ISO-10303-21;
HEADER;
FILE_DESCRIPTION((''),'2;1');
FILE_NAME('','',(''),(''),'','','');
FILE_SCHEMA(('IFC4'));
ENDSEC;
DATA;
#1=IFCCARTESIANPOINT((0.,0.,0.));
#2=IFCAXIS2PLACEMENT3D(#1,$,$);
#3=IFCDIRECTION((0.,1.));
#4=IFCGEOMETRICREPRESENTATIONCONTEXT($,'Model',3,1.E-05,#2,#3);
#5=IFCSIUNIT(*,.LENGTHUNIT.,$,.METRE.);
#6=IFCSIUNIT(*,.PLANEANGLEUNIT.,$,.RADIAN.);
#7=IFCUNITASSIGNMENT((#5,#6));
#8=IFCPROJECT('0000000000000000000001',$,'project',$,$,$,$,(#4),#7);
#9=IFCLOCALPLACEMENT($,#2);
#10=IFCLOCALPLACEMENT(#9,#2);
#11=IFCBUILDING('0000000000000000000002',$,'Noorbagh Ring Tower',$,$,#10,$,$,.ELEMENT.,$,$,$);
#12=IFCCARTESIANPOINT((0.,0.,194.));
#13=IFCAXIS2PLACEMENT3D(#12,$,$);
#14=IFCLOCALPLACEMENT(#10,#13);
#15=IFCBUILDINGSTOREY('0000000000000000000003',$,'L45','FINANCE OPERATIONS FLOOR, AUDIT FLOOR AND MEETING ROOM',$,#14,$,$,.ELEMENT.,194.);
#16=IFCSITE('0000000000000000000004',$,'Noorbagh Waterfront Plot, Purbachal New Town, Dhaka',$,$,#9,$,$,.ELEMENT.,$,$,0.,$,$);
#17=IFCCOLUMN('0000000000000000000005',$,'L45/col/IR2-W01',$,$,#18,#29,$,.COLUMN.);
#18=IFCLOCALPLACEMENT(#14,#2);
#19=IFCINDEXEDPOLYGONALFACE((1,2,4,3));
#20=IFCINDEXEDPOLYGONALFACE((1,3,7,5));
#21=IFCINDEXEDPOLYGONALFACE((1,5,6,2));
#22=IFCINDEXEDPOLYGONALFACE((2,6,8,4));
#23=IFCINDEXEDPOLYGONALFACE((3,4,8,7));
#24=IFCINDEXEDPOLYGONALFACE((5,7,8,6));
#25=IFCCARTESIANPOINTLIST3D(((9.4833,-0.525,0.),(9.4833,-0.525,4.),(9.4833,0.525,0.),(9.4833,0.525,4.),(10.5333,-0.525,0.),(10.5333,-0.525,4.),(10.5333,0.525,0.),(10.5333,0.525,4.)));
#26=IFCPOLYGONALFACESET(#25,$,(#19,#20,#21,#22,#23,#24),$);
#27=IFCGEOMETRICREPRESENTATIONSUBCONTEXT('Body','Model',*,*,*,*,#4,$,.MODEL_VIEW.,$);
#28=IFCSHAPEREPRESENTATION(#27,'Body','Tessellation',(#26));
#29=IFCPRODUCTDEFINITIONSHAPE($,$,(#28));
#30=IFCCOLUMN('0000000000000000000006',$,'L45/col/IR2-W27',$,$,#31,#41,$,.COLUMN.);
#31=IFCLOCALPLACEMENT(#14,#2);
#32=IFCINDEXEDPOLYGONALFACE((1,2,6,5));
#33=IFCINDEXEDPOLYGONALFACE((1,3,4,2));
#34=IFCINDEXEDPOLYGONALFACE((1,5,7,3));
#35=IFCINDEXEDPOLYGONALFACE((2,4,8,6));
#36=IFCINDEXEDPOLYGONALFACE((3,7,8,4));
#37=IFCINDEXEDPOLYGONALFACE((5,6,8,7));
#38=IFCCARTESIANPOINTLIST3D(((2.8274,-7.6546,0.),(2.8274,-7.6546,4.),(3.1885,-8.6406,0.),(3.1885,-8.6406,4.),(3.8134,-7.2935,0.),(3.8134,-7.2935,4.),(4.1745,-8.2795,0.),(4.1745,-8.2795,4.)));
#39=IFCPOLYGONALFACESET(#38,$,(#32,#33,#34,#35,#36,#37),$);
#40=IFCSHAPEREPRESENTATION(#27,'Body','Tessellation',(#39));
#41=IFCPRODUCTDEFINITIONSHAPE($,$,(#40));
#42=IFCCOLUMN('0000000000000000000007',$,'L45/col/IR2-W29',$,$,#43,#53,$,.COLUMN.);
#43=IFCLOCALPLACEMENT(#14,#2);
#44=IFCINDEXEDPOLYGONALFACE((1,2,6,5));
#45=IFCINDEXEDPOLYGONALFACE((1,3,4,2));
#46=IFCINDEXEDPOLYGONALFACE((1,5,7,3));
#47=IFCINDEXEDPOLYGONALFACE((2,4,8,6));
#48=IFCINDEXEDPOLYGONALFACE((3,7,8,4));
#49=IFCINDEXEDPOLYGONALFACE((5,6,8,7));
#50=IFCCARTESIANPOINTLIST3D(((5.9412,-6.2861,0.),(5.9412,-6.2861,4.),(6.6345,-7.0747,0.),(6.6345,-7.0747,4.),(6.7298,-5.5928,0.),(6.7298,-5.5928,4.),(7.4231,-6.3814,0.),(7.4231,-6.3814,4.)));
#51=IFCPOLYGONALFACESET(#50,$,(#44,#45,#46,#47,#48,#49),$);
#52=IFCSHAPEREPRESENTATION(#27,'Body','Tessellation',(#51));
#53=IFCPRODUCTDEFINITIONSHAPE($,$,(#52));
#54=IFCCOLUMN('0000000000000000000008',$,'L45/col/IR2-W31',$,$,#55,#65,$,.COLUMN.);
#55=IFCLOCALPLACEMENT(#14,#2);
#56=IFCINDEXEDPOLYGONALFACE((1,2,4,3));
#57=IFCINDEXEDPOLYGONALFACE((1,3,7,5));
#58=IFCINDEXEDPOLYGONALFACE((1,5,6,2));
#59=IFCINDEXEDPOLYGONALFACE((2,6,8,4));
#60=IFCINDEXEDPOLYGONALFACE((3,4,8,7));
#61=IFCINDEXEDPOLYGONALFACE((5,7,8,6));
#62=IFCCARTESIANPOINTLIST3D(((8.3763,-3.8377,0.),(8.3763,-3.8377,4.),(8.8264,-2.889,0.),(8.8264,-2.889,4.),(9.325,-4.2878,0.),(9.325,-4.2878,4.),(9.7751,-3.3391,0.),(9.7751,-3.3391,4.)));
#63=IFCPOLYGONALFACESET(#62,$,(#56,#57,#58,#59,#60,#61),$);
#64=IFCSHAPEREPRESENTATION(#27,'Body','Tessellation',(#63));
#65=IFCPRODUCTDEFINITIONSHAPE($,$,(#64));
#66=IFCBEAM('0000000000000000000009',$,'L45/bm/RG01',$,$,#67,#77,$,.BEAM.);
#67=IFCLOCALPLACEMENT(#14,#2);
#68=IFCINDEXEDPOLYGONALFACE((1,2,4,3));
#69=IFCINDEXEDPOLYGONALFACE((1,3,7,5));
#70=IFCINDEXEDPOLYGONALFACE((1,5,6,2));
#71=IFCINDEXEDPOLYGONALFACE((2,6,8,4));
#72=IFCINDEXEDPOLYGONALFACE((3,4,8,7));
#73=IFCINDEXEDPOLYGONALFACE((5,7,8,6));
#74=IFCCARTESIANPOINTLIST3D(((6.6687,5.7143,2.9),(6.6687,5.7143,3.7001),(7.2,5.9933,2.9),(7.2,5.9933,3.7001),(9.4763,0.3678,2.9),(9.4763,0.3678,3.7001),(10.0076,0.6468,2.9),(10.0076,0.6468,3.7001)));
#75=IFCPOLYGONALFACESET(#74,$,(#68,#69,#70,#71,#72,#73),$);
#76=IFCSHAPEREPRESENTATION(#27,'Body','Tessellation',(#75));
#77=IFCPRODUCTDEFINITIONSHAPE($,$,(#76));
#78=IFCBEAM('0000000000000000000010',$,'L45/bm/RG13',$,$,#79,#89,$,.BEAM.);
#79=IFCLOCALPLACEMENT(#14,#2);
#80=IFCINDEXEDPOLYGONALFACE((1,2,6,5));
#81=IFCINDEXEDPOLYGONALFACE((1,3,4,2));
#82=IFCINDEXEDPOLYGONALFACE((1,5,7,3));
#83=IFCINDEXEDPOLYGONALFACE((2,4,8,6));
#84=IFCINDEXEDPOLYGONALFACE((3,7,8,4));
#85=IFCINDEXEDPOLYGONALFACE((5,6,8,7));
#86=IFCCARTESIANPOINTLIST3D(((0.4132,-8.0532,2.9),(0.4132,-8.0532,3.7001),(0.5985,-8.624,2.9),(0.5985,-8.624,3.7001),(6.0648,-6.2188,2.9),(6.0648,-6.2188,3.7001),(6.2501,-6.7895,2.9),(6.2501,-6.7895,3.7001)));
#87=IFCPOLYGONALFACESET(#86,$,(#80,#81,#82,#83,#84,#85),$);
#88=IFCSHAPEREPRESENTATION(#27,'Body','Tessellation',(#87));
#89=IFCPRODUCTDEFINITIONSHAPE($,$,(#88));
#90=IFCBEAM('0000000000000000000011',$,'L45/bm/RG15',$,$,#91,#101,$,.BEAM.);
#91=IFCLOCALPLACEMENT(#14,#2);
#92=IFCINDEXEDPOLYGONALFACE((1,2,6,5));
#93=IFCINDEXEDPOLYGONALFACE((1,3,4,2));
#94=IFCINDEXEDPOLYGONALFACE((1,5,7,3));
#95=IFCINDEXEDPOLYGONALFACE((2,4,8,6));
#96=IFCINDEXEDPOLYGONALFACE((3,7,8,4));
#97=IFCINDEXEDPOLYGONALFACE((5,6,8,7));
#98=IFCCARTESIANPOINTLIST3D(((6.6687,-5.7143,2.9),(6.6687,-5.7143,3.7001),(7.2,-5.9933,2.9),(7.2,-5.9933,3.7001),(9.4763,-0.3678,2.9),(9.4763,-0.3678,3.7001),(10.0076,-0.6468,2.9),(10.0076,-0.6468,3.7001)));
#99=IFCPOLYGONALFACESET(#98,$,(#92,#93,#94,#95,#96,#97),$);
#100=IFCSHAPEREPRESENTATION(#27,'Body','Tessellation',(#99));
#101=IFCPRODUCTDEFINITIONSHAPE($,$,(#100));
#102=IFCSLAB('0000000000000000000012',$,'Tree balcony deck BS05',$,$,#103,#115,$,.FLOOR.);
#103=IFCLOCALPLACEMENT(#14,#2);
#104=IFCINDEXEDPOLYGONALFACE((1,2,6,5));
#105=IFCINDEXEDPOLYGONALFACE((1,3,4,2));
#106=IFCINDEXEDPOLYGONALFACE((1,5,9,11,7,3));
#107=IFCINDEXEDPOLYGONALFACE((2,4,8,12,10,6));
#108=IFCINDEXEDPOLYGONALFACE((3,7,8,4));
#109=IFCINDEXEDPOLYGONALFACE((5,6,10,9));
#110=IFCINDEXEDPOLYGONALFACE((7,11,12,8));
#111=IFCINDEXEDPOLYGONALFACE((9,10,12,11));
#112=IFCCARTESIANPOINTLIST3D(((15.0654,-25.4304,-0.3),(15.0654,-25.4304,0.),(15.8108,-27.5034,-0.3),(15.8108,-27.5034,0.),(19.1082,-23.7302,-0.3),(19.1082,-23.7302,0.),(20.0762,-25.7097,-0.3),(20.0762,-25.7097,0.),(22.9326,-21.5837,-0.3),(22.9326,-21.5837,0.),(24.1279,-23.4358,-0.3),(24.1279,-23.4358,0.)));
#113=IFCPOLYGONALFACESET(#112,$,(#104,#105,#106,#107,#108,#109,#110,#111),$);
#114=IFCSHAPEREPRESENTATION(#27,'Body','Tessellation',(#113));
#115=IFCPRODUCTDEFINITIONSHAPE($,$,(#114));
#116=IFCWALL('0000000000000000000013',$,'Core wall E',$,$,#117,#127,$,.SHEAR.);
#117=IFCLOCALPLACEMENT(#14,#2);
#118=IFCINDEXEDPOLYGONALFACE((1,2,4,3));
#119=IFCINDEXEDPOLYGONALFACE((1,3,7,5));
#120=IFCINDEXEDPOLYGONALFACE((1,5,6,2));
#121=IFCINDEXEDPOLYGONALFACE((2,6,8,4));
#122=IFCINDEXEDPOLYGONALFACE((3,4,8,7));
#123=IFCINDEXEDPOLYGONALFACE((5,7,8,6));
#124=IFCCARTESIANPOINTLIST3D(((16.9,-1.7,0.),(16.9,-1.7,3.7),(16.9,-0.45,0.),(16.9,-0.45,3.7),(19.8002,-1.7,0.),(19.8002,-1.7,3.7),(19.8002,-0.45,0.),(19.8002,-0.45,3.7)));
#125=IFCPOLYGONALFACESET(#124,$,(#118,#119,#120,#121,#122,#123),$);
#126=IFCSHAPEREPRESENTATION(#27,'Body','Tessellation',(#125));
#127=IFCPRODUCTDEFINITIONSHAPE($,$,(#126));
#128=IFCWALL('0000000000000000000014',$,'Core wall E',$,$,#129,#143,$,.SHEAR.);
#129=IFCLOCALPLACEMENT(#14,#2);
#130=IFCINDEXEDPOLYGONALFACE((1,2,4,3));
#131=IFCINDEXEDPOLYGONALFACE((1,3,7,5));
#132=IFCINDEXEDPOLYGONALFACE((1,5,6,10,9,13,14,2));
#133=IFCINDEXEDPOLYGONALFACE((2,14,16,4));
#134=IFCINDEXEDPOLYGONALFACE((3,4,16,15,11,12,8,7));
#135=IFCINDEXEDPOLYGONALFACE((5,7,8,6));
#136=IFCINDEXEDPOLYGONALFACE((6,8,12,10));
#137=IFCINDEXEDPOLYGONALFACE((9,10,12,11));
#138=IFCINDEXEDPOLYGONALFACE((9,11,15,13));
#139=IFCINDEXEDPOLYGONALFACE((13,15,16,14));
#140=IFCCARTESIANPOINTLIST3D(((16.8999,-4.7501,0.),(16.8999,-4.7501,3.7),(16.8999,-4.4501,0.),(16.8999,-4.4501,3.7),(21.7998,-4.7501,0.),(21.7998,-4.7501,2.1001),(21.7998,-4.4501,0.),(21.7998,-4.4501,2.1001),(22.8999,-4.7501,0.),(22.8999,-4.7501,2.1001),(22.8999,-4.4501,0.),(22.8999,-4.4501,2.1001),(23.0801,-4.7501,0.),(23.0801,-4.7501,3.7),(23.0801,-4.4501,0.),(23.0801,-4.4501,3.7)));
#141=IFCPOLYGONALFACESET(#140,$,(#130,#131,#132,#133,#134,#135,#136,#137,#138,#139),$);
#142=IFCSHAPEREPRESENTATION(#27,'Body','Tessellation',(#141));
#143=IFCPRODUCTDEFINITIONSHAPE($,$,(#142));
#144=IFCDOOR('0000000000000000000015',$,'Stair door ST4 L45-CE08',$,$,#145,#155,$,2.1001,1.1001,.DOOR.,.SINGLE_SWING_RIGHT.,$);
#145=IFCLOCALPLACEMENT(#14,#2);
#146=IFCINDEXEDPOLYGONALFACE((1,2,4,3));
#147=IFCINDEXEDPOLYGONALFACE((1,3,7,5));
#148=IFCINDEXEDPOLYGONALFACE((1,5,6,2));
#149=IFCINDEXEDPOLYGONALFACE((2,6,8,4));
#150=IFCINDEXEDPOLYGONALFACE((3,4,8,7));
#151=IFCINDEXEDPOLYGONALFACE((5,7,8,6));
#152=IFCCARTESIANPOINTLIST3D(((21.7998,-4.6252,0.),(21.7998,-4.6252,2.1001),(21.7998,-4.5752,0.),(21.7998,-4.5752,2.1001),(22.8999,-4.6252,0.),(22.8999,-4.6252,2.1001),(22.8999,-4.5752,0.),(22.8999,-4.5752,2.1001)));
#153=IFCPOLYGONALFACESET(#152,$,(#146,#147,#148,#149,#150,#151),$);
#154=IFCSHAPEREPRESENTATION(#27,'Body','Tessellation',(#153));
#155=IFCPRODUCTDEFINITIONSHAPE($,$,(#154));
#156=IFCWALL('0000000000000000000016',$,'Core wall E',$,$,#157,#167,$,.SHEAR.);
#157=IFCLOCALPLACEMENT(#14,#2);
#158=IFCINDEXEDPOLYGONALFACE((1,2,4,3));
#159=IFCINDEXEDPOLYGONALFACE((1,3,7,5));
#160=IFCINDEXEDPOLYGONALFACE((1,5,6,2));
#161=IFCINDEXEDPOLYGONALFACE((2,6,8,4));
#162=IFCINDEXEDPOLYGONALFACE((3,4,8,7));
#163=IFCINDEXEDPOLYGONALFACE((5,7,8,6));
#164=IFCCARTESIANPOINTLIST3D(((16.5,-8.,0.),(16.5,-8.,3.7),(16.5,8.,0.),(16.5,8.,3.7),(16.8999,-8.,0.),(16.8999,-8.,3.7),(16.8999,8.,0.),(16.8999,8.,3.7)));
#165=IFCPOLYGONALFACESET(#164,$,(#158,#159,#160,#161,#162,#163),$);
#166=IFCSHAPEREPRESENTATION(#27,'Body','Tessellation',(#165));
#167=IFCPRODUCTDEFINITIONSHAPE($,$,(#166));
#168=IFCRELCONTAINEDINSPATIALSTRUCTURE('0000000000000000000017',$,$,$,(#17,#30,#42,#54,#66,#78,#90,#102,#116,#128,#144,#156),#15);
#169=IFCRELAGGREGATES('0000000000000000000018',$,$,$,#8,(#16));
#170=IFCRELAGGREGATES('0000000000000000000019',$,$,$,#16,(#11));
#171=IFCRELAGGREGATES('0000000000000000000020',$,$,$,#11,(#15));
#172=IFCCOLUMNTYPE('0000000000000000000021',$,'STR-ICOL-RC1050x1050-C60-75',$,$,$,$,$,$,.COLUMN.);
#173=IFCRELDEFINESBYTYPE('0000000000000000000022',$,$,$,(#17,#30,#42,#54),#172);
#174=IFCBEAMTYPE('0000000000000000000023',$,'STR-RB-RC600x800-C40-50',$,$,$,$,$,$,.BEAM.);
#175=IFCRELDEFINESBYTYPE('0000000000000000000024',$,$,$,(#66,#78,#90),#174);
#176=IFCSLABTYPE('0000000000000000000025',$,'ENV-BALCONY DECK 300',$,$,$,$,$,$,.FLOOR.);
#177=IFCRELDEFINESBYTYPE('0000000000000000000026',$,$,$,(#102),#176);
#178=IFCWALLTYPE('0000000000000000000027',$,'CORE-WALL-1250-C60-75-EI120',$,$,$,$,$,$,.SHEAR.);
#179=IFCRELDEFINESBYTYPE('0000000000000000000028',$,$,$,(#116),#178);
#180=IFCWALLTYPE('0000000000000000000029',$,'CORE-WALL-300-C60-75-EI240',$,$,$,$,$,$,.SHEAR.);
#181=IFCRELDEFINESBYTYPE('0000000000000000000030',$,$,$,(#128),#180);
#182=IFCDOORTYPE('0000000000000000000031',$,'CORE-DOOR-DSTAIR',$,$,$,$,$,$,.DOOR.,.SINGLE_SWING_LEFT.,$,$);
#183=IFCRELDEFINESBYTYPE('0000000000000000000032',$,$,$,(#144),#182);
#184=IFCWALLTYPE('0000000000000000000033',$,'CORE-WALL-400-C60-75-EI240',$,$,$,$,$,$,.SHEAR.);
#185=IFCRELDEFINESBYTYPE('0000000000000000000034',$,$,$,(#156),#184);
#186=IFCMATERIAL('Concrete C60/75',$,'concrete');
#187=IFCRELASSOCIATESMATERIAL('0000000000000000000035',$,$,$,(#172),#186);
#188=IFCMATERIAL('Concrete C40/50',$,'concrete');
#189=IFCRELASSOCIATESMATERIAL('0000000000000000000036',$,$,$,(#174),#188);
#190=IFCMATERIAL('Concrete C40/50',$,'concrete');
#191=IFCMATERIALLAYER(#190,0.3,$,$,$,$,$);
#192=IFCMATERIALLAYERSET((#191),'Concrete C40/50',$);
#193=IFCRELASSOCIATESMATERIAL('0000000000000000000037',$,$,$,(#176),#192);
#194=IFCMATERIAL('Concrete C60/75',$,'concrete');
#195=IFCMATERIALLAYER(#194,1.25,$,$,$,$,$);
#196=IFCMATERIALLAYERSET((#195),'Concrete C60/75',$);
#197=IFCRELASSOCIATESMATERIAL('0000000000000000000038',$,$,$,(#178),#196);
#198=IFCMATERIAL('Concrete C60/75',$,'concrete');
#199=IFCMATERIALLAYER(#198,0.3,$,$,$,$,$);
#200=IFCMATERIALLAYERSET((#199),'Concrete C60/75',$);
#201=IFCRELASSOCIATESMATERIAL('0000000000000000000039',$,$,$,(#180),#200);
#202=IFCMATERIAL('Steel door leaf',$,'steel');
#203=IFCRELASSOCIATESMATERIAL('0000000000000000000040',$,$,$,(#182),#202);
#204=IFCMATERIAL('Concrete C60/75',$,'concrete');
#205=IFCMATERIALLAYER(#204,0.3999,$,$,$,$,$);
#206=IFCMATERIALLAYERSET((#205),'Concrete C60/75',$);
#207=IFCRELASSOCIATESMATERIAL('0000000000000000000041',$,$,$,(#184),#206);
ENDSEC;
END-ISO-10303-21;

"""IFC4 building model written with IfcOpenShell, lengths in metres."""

from ifc_helpers import new_model, si_unit, direction, frame, frame_2d, origin, origin_2d, place, context, subcontext, project, spatial, polyline, rectangle, outline, extrude, material, layer, layer_set, material_profile, profile_set, type_object, element, fill, save


model = new_model("IFC4")

# Units and contexts
model_context = context("Model", 3, precision=1e-05, world=origin(), true_north=direction((0.0, 1.0)))
body_context = subcontext(model_context, "Body", "Model", "MODEL_VIEW")
ifc_project = project(units=[si_unit("LENGTHUNIT", "METRE"), si_unit("PLANEANGLEUNIT", "RADIAN")], contexts=[model_context])

# Site, building, storey
site_placement = place(None, origin())
site = spatial("IfcSite", under=ifc_project, at=site_placement, Name="Noorbagh Waterfront Plot, Purbachal New Town, Dhaka", CompositionType="ELEMENT", RefElevation=0.0)
building_placement = place(site_placement, origin())
building = spatial("IfcBuilding", under=site, at=building_placement, Name="Noorbagh Ring Tower", CompositionType="ELEMENT")
storey_placement = place(building_placement, frame((0.0, 0.0, 194.0)))
storey = spatial("IfcBuildingStorey", under=building, at=storey_placement, Name="L45", Description="FINANCE OPERATIONS FLOOR, AUDIT FLOOR AND MEETING ROOM", CompositionType="ELEMENT", Elevation=194.0)

# Columns
ifc_material_1 = material(Name="Concrete C60/75", Category="concrete")
ifc_material_profile_1 = material_profile(ifc_material_1, rectangle(XDim=1.05, YDim=1.05, at=origin_2d()), Name="RC1050x1050")
ifc_profile_set_1 = profile_set([ifc_material_profile_1], Name="Concrete C60/75")
column_type = type_object("IfcColumnType", Name="STR-ICOL-RC1050x1050-C60-75", PredefinedType="COLUMN", material=ifc_profile_set_1)
for number, where, z_axis, x_axis, name in (
    (1, (10.0083, 0.0, 0.0), (0.0, 0.0, 1.0), (0.0, 1.0, 0.0), "L45/col/IR2-W01"),
    (2, (3.501, -7.967, 0.0), (0.0, 0.0, 1.0), (0.93902, 0.343864, 0.0), "L45/col/IR2-W27"),
    (3, (6.6821, -6.3337, 0.0), (0.0, 0.0, 1.0), (0.751022, 0.660277, 0.0), "L45/col/IR2-W29"),
    (4, (9.0757, -3.5884, 0.0), (0.0, 0.0, 1.0), (0.428667, 0.903463, 0.0), "L45/col/IR2-W31"),
):
    element("IfcColumn", number, at=place(storey_placement, frame(where, z_axis=z_axis, x_axis=x_axis)), inside=storey, type_object=column_type, Name=name, PredefinedType="COLUMN", context=body_context, shape_type="SweptSolid", body=[
        extrude(rectangle(XDim=1.05, YDim=1.05, at=origin_2d()), origin(), (0.0, 0.0, 1.0), 4.0),
    ])

# Beams
ifc_material_2 = material(Name="Concrete C40/50", Category="concrete")
ifc_material_profile_2 = material_profile(ifc_material_2, rectangle(XDim=0.6001, YDim=0.8, at=origin_2d()), Name="RC600x800")
ifc_profile_set_2 = profile_set([ifc_material_profile_2], Name="Concrete C40/50")
beam_type = type_object("IfcBeamType", Name="STR-RB-RC600x800-C40-50", PredefinedType="BEAM", material=ifc_profile_set_2)
beam_1_placement = place(storey_placement, frame((9.7419, 0.5073, 3.3), z_axis=(-0.46493, 0.885348, 0.0), x_axis=(-0.885348, -0.46493, 0.0)))
element("IfcBeam", 5, at=beam_1_placement, inside=storey, type_object=beam_type, Name="L45/bm/RG01", PredefinedType="BEAM", context=body_context, shape_type="SweptSolid", body=[
    extrude(rectangle(XDim=0.6001, YDim=0.8, at=origin_2d()), origin(), (0.0, 0.0, 1.0), 6.0388),
])
beam_2_placement = place(storey_placement, frame((0.5059, -8.3386, 3.3), z_axis=(0.951148, 0.308736, 0.0), x_axis=(-0.308736, 0.951148, 0.0)))
element("IfcBeam", 6, at=beam_2_placement, inside=storey, type_object=beam_type, Name="L45/bm/RG13", PredefinedType="BEAM", context=body_context, shape_type="SweptSolid", body=[
    extrude(rectangle(XDim=0.6001, YDim=0.8, at=origin_2d()), origin(), (0.0, 0.0, 1.0), 5.9419),
])
beam_3_placement = place(storey_placement, frame((6.9343, -5.8538, 3.3), z_axis=(0.46493, 0.885348, 0.0), x_axis=(-0.885348, 0.46493, 0.0)))
element("IfcBeam", 7, at=beam_3_placement, inside=storey, type_object=beam_type, Name="L45/bm/RG15", PredefinedType="BEAM", context=body_context, shape_type="SweptSolid", body=[
    extrude(rectangle(XDim=0.6001, YDim=0.8, at=origin_2d()), origin(), (0.0, 0.0, 1.0), 6.0388),
])

# Slab
ifc_material_3 = material(Name="Concrete C40/50", Category="concrete")
ifc_layer_1 = layer(ifc_material_3, 0.3)
ifc_layer_set_1 = layer_set([ifc_layer_1], Name="Concrete C40/50")
slab_type = type_object("IfcSlabType", Name="ENV-BALCONY DECK 300", PredefinedType="FLOOR", material=ifc_layer_set_1)
slab_placement = place(storey_placement, frame((0.0, 0.0, -0.3)))
element("IfcSlab", 8, at=slab_placement, inside=storey, type_object=slab_type, Name="Tree balcony deck BS05", PredefinedType="FLOOR", context=body_context, shape_type="SweptSolid", body=[
    extrude(outline(polyline([(15.8108, -27.5034), (20.0762, -25.7097), (24.1279, -23.4358), (22.9326, -21.5837), (19.1082, -23.7302), (15.0654, -25.4304), (15.8108, -27.5034)])), origin(), (0.0, 0.0, 1.0), 0.3),
])

# Wall
ifc_material_4 = material(Name="Concrete C60/75", Category="concrete")
ifc_layer_2 = layer(ifc_material_4, 1.25)
ifc_layer_set_2 = layer_set([ifc_layer_2], Name="Concrete C60/75")
wall_type_1 = type_object("IfcWallType", Name="CORE-WALL-1250-C60-75-EI120", PredefinedType="SHEAR", material=ifc_layer_set_2)
wall_1_placement = place(storey_placement, frame((16.8999, -1.075, 0.0), z_axis=(0.0, 0.0, 1.0), x_axis=(1.0, 0.0, 0.0)))
element("IfcWall", 9, at=wall_1_placement, inside=storey, type_object=wall_type_1, Name="Core wall E", PredefinedType="SHEAR", context=body_context, shape_type="SweptSolid", body=[
    extrude(rectangle(XDim=2.9001, YDim=1.25, at=frame_2d((1.4502, 0.0))), origin(), (0.0, 0.0, 1.0), 3.7),
])

# Wall, opening, door
ifc_material_5 = material(Name="Concrete C60/75", Category="concrete")
ifc_layer_3 = layer(ifc_material_5, 0.3)
ifc_layer_set_3 = layer_set([ifc_layer_3], Name="Concrete C60/75")
wall_type_2 = type_object("IfcWallType", Name="CORE-WALL-300-C60-75-EI240", PredefinedType="SHEAR", material=ifc_layer_set_3)
wall_2_placement = place(storey_placement, frame((16.8999, -4.6001, 0.0), z_axis=(0.0, 0.0, 1.0), x_axis=(1.0, 0.0, 0.0)))
wall_2 = element("IfcWall", 10, at=wall_2_placement, inside=storey, type_object=wall_type_2, Name="Core wall E", PredefinedType="SHEAR", context=body_context, shape_type="SweptSolid", body=[
    extrude(rectangle(XDim=6.1802, YDim=0.3, at=frame_2d((3.0901, 0.0))), origin(), (0.0, 0.0, 1.0), 3.7),
])
opening_1_placement = place(wall_2_placement, frame((4.8999, 0.0, 0.0)))
opening_1 = element("IfcOpeningElement", 11, at=opening_1_placement, cuts=wall_2, PredefinedType="OPENING", context=body_context, shape_type="SweptSolid", body=[
    extrude(rectangle(XDim=1.1001, YDim=2.1001, at=frame_2d((0.55, 1.05))), frame((0.0, 0.1602, 0.0), z_axis=(0.0, -1.0, 0.0), x_axis=(1.0, 0.0, 0.0)), (0.0, 0.0, 1.0), 0.3201),
])
ifc_material_6 = material(Name="Steel door leaf", Category="steel")
door_type_1 = type_object("IfcDoorType", Name="CORE-DOOR-DSTAIR", OperationType="SINGLE_SWING_LEFT", PredefinedType="DOOR", material=ifc_material_6)
door_1_placement = place(opening_1_placement, origin())
door_1 = element("IfcDoor", 12, at=door_1_placement, inside=storey, type_object=door_type_1, Name="Stair door ST4 L45-CE08", OperationType="SINGLE_SWING_RIGHT", OverallHeight=2.1001, OverallWidth=1.1001, PredefinedType="DOOR", context=body_context, shape_type="SweptSolid", body=[
    extrude(rectangle(XDim=1.1001, YDim=2.1001, at=frame_2d((0.55, 1.05))), frame((0.0, 0.0249, 0.0), z_axis=(0.0, -1.0, 0.0), x_axis=(1.0, 0.0, 0.0)), (0.0, 0.0, 1.0), 0.05),
])
fill(opening_1, door_1)

# Wall
ifc_material_7 = material(Name="Concrete C60/75", Category="concrete")
ifc_layer_4 = layer(ifc_material_7, 0.3999)
ifc_layer_set_4 = layer_set([ifc_layer_4], Name="Concrete C60/75")
wall_type_3 = type_object("IfcWallType", Name="CORE-WALL-400-C60-75-EI240", PredefinedType="SHEAR", material=ifc_layer_set_4)
wall_3_placement = place(storey_placement, frame((16.7, -8.0, 0.0), z_axis=(0.0, 0.0, 1.0), x_axis=(0.0, 1.0, 0.0)))
element("IfcWall", 13, at=wall_3_placement, inside=storey, type_object=wall_type_3, Name="Core wall E", PredefinedType="SHEAR", context=body_context, shape_type="SweptSolid", body=[
    extrude(rectangle(XDim=16.0, YDim=0.3999, at=frame_2d((8.0, 0.0))), origin(), (0.0, 0.0, 1.0), 3.7),
])

save(model, "model.ifc")
